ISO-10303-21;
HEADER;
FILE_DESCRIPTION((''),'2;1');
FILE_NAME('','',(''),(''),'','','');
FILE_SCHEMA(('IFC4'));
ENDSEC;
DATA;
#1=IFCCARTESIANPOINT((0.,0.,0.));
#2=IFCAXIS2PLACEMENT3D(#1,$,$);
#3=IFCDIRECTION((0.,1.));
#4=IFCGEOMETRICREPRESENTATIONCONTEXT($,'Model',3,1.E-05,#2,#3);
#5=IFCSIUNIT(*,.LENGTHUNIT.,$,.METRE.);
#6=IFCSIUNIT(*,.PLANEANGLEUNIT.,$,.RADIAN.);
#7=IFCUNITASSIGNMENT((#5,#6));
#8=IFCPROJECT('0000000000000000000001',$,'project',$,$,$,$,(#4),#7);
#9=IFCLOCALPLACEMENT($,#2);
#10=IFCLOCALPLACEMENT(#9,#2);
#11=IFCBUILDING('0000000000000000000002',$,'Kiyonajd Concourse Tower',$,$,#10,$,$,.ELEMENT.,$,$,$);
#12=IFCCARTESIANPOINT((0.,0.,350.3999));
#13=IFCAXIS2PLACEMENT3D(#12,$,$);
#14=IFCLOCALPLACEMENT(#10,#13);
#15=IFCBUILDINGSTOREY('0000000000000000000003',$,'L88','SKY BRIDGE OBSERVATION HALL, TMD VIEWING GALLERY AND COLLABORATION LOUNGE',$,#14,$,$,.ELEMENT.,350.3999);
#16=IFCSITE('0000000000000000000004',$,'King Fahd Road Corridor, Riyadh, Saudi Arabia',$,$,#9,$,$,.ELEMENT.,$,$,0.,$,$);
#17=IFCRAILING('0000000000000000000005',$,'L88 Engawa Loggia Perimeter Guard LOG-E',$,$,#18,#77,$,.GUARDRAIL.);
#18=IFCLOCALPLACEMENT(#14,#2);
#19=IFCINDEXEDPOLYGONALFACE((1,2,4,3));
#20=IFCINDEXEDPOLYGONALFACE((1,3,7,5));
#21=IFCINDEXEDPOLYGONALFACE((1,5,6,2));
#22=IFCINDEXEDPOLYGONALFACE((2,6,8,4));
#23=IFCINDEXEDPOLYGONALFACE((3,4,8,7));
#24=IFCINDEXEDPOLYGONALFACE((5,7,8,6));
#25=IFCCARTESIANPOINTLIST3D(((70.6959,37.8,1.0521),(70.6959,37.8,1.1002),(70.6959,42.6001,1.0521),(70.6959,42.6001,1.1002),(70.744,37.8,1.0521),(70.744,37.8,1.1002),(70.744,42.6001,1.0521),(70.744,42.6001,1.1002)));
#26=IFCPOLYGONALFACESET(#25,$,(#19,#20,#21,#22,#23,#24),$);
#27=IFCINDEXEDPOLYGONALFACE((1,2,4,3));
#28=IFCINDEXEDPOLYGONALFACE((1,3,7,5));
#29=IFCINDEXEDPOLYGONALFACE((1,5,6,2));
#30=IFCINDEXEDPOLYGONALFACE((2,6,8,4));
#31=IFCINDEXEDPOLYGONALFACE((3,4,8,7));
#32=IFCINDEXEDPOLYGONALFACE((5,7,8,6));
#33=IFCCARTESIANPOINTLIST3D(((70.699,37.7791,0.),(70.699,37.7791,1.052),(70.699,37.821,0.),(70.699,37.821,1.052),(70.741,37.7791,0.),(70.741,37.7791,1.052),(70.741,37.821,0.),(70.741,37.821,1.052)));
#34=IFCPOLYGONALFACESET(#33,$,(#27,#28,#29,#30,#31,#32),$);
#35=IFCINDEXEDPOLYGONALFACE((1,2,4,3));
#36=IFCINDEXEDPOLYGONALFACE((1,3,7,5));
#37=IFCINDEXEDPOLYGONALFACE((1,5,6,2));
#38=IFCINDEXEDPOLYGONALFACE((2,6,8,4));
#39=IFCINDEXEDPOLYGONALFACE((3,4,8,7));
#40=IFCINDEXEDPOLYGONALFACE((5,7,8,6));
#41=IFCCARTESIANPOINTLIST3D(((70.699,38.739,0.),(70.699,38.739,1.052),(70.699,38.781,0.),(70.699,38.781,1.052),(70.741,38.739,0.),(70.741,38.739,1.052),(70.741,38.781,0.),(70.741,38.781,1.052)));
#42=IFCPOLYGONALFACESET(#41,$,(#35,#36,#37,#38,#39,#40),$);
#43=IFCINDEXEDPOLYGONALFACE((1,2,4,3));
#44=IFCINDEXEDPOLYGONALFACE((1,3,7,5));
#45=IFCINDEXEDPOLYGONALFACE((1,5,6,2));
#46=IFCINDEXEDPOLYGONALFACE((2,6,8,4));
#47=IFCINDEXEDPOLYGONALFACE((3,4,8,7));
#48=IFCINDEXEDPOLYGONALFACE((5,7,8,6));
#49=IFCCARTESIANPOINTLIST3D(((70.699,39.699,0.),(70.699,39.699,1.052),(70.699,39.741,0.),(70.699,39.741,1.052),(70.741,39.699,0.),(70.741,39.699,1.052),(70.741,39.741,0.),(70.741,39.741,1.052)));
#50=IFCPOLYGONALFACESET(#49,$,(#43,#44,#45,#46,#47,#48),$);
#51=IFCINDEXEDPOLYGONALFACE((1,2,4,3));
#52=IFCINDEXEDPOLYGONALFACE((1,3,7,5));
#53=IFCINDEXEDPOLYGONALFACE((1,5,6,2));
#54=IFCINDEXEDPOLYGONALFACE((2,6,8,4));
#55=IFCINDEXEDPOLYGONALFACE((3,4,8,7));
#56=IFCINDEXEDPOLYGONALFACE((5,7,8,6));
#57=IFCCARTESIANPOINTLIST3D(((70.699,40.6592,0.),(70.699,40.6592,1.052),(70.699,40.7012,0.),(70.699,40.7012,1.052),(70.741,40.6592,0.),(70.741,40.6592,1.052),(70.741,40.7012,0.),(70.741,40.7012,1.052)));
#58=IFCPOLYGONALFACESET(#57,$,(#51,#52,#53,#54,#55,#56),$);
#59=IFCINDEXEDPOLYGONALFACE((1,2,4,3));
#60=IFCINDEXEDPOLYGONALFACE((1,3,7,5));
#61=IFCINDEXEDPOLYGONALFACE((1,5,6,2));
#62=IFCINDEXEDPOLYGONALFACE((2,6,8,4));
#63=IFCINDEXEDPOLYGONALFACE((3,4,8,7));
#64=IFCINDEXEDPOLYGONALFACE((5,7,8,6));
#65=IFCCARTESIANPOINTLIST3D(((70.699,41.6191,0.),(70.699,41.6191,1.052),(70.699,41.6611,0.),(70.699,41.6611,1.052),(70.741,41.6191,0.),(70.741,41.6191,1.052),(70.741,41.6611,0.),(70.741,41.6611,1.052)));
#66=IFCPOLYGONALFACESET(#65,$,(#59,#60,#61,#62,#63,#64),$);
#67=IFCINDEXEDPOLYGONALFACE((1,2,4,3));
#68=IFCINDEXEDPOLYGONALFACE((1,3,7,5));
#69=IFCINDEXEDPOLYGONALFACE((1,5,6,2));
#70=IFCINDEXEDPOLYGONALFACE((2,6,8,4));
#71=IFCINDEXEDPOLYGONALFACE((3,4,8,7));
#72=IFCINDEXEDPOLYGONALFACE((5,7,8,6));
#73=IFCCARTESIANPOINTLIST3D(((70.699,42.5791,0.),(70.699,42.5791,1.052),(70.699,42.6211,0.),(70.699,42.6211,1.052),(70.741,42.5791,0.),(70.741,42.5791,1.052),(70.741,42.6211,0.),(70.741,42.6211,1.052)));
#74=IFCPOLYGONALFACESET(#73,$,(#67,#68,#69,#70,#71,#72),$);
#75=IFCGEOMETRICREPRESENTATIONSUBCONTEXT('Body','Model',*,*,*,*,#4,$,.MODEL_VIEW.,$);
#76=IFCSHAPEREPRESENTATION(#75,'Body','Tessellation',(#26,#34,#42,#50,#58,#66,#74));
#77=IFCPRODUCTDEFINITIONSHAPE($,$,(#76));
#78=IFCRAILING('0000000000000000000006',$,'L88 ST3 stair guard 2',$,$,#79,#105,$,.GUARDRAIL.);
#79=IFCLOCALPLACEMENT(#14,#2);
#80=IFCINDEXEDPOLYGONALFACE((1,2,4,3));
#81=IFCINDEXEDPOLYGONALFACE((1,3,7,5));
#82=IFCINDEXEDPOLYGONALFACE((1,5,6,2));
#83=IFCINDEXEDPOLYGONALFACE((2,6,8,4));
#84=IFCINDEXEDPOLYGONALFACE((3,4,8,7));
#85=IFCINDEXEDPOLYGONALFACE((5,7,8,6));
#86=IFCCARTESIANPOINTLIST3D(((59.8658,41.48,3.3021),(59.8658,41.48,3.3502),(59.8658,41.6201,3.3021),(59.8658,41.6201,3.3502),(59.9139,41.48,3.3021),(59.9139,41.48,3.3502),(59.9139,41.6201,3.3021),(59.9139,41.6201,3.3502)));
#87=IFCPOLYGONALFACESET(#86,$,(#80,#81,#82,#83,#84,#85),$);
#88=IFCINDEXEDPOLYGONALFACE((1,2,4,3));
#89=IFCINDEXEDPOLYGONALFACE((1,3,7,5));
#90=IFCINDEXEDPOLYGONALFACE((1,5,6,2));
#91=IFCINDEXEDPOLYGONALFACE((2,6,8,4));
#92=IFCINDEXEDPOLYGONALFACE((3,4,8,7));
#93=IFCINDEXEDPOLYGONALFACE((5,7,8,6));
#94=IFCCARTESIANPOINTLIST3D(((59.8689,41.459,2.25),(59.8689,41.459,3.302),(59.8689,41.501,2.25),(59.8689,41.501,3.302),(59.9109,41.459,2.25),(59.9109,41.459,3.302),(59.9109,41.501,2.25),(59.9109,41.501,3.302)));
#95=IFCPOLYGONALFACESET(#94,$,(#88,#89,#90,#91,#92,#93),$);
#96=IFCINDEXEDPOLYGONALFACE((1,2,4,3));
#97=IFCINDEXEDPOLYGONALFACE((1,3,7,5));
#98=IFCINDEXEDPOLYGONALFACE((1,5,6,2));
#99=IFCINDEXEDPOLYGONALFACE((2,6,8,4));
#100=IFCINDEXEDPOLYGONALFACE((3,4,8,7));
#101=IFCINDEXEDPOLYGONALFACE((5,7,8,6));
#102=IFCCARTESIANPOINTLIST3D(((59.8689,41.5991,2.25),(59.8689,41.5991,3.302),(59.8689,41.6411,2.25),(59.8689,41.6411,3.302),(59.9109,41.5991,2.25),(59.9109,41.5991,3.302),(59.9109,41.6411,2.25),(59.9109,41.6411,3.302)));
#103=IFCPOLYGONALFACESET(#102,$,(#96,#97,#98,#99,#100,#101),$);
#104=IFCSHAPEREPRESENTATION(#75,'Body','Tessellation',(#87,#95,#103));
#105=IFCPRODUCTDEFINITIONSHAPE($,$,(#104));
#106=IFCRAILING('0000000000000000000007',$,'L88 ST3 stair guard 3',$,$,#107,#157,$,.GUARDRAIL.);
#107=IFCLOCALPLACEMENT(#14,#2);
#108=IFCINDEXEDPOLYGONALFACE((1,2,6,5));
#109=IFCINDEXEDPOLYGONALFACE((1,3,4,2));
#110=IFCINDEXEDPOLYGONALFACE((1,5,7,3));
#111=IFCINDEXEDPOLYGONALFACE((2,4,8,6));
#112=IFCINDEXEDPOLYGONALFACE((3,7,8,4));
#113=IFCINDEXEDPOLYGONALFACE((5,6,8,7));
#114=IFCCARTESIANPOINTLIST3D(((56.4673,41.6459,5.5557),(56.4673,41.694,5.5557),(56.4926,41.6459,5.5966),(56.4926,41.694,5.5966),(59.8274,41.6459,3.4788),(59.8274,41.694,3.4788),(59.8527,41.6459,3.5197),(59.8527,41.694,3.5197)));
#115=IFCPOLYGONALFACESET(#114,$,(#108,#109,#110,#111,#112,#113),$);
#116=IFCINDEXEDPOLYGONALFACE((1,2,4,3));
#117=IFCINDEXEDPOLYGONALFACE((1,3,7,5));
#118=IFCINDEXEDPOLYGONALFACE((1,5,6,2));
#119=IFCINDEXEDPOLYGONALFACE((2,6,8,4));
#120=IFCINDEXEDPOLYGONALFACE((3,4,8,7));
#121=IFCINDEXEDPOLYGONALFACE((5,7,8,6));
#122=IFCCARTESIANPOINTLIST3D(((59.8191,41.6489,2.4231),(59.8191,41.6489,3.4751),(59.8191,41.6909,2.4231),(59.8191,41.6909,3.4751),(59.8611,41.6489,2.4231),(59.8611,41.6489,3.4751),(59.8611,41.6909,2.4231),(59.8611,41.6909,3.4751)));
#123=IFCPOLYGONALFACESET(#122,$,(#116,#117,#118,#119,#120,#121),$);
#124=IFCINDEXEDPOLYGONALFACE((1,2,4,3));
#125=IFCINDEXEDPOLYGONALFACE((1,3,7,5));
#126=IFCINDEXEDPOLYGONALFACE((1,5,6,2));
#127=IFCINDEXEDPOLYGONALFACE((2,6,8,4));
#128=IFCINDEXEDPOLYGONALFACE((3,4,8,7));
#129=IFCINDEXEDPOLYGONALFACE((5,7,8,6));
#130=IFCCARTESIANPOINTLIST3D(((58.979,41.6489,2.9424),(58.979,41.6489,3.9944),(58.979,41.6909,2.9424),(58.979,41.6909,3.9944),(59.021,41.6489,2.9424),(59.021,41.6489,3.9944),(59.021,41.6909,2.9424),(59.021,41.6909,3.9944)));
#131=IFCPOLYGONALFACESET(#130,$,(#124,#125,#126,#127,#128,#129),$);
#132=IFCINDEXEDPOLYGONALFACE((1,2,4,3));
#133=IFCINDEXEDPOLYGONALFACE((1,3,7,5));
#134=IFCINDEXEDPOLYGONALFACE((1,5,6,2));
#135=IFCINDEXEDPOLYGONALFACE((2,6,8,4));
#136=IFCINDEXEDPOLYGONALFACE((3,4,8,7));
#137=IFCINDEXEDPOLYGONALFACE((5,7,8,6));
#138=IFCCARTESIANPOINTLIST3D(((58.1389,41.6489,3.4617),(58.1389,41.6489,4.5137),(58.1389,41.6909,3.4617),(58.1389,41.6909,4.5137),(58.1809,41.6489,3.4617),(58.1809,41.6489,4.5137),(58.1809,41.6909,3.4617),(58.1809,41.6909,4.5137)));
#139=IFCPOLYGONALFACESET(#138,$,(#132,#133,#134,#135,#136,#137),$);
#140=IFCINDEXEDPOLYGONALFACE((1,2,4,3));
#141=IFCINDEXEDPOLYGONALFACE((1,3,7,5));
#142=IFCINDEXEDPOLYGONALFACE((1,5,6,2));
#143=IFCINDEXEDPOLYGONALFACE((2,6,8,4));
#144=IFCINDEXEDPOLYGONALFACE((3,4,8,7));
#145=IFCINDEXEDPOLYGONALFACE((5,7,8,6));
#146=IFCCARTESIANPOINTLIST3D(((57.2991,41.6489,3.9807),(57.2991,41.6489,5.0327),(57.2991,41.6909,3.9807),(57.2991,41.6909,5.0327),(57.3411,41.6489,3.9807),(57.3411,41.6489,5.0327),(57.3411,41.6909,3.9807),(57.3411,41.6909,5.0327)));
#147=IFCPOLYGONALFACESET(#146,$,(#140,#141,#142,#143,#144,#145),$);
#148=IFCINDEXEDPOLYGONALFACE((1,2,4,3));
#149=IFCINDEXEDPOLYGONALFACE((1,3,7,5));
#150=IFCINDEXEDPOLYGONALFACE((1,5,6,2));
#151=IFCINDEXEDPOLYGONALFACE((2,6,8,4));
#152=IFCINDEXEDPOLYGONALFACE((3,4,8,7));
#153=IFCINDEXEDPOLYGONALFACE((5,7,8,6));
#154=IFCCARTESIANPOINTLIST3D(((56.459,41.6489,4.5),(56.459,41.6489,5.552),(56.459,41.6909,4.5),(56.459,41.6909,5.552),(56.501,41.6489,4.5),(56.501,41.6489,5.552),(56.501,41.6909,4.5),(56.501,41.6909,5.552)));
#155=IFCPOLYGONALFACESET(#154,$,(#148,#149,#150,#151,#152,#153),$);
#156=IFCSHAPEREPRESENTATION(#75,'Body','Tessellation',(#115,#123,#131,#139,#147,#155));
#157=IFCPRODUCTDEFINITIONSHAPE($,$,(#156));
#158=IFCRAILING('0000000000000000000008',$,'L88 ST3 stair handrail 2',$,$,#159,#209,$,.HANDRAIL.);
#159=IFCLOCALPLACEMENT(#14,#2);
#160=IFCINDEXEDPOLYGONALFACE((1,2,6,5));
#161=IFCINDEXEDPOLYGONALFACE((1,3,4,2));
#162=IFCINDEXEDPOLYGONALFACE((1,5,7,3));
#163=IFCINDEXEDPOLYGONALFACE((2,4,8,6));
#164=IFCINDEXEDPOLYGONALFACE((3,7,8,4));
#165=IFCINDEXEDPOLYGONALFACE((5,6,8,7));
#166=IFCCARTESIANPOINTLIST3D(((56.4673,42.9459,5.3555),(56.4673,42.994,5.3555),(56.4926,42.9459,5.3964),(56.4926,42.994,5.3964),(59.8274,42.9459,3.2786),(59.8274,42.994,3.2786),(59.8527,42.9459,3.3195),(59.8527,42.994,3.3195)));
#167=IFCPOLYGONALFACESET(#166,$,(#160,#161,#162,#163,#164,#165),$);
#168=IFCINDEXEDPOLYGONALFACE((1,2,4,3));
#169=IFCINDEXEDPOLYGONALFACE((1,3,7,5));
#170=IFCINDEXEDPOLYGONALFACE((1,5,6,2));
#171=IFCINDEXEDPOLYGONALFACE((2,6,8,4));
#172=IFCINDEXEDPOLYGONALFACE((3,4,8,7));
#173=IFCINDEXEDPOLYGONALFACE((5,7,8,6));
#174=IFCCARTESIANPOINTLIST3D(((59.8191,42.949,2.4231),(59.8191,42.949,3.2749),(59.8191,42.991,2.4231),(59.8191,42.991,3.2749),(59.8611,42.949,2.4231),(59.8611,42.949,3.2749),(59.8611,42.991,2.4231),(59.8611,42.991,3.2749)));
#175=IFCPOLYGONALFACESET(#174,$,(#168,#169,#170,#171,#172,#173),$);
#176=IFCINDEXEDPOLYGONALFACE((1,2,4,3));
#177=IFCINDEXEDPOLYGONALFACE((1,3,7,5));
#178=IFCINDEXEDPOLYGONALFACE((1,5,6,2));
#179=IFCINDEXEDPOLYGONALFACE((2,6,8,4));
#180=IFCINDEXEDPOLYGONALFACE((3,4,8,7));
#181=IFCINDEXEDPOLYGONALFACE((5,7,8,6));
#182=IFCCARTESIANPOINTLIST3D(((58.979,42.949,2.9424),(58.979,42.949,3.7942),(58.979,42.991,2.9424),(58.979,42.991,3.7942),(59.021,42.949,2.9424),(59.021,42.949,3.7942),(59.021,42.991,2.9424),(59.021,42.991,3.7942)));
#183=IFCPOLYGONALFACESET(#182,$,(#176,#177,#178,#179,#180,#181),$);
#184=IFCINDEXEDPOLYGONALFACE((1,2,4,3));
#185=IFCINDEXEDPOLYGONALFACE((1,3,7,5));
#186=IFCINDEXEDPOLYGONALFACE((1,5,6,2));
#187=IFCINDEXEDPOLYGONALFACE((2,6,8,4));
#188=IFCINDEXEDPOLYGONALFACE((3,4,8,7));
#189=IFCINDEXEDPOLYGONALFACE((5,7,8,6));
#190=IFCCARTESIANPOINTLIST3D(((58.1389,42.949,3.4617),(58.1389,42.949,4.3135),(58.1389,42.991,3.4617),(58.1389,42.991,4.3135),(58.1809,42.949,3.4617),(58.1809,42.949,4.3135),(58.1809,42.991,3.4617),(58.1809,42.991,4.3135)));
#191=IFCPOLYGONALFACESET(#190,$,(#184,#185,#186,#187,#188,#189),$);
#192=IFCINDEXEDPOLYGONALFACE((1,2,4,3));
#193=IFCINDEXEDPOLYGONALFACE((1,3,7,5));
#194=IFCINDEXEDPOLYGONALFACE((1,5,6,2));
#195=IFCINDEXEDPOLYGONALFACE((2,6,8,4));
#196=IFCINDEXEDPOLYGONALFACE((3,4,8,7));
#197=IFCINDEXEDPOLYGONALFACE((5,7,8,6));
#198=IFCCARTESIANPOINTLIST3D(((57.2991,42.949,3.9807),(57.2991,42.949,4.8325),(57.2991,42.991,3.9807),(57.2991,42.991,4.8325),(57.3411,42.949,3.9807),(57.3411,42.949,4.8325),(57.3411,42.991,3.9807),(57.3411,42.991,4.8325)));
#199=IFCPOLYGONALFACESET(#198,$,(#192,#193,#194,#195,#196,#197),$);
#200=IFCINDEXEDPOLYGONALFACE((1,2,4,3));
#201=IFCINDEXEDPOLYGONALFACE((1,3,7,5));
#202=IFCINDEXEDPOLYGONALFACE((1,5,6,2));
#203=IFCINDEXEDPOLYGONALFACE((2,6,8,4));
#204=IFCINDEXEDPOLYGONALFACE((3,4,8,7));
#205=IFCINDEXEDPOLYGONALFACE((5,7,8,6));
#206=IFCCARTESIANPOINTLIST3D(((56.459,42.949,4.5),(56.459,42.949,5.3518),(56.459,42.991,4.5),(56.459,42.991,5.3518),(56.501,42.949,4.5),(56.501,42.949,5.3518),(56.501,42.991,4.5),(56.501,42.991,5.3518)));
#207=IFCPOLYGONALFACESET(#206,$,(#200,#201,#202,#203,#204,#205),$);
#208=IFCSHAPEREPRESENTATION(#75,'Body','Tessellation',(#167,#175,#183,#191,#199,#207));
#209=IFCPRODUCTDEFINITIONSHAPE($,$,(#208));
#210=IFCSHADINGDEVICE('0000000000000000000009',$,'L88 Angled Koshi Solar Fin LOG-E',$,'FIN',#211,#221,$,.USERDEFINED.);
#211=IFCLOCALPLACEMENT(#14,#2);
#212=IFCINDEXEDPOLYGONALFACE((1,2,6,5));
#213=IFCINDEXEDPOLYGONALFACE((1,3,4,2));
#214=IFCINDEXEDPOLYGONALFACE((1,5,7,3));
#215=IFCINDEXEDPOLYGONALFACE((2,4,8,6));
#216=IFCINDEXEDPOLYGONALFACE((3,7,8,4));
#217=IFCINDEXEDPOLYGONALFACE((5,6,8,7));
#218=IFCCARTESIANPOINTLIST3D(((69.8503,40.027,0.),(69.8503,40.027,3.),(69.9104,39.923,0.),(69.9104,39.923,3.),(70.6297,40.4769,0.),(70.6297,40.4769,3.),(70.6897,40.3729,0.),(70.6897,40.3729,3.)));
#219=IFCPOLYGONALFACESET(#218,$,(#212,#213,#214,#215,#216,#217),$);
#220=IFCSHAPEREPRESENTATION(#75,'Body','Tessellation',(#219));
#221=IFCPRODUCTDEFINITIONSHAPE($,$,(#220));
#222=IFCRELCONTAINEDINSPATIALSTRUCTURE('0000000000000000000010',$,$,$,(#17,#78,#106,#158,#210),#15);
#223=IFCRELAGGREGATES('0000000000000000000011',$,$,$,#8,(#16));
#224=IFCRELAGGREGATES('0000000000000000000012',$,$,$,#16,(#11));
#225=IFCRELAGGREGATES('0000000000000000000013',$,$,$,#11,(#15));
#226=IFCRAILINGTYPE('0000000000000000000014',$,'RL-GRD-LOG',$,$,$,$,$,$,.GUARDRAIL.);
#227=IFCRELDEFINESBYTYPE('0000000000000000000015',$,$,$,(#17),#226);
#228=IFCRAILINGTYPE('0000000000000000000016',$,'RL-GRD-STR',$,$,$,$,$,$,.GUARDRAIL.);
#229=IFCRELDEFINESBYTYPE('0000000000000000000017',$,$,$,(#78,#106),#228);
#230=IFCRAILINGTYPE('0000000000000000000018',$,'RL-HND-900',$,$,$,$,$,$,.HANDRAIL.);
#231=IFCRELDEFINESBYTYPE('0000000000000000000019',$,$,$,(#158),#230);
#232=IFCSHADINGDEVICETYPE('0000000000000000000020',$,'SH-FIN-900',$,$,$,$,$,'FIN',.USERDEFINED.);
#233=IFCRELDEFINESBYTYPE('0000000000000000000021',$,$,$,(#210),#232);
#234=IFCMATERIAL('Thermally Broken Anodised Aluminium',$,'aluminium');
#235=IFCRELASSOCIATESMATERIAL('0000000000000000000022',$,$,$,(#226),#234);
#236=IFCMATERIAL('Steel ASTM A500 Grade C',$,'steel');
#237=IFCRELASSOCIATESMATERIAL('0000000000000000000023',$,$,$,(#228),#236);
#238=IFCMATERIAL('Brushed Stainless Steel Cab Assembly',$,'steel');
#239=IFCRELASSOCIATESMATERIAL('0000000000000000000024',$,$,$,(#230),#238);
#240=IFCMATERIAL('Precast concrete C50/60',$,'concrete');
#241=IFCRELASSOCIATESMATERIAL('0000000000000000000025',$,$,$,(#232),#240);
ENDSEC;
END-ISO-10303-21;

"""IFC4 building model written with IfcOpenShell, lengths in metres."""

from ifc_helpers import new_model, si_unit, direction, frame, origin, origin_2d, place, context, subcontext, project, spatial, rectangle, extrude, material, type_object, element, save


model = new_model("IFC4")

# Units and contexts
model_context = context("Model", 3, precision=1e-05, world=origin(), true_north=direction((0.0, 1.0)))
body_context = subcontext(model_context, "Body", "Model", "MODEL_VIEW")
ifc_project = project(units=[si_unit("LENGTHUNIT", "METRE"), si_unit("PLANEANGLEUNIT", "RADIAN")], contexts=[model_context])

# Site, building, storey
site_placement = place(None, origin())
site = spatial("IfcSite", under=ifc_project, at=site_placement, Name="King Fahd Road Corridor, Riyadh, Saudi Arabia", CompositionType="ELEMENT", RefElevation=0.0)
building_placement = place(site_placement, origin())
building = spatial("IfcBuilding", under=site, at=building_placement, Name="Kiyonajd Concourse Tower", CompositionType="ELEMENT")
storey_placement = place(building_placement, frame((0.0, 0.0, 350.3999)))
storey = spatial("IfcBuildingStorey", under=building, at=storey_placement, Name="L88", Description="SKY BRIDGE OBSERVATION HALL, TMD VIEWING GALLERY AND COLLABORATION LOUNGE", CompositionType="ELEMENT", Elevation=350.3999)

# Shared definitions
ifc_material_1 = material(Name="Thermally Broken Anodised Aluminium", Category="aluminium")

# Shared definitions
ifc_material_2 = material(Name="Precast concrete C50/60", Category="concrete")

# Railings
railing_type_1 = type_object("IfcRailingType", Name="RL-GRD-LOG", PredefinedType="GUARDRAIL", material=ifc_material_1)
railing_1_placement = place(storey_placement, frame((70.72, 37.8, 0.0)))
element("IfcRailing", 1, at=railing_1_placement, inside=storey, type_object=railing_type_1, Name="L88 Engawa Loggia Perimeter Guard LOG-E", PredefinedType="GUARDRAIL", context=body_context, shape_type="SweptSolid", body=[
    extrude(rectangle(XDim=0.0481, YDim=0.0481, at=origin_2d()), frame((0.0, 0.0, 1.0762), z_axis=(0.0, 1.0, 0.0), x_axis=(-1.0, 0.0, 0.0)), (0.0, 0.0, 1.0), 4.8),
    extrude(rectangle(XDim=0.042, YDim=0.042, at=origin_2d()), origin(), (0.0, 0.0, 1.0), 1.052),
    extrude(rectangle(XDim=0.042, YDim=0.042, at=origin_2d()), frame((0.0, 0.96, 0.0)), (0.0, 0.0, 1.0), 1.052),
    extrude(rectangle(XDim=0.042, YDim=0.042, at=origin_2d()), frame((0.0, 1.9199, 0.0)), (0.0, 0.0, 1.0), 1.052),
    extrude(rectangle(XDim=0.042, YDim=0.042, at=origin_2d()), frame((0.0, 2.8801, 0.0)), (0.0, 0.0, 1.0), 1.052),
    extrude(rectangle(XDim=0.042, YDim=0.042, at=origin_2d()), frame((0.0, 3.8401, 0.0)), (0.0, 0.0, 1.0), 1.052),
    extrude(rectangle(XDim=0.042, YDim=0.042, at=origin_2d()), frame((0.0, 4.8, 0.0)), (0.0, 0.0, 1.0), 1.052),
])
ifc_material_3 = material(Name="Steel ASTM A500 Grade C", Category="steel")
railing_type_2 = type_object("IfcRailingType", Name="RL-GRD-STR", PredefinedType="GUARDRAIL", material=ifc_material_3)
railing_2_placement = place(storey_placement, frame((59.8899, 41.48, 2.25)))
element("IfcRailing", 2, at=railing_2_placement, inside=storey, type_object=railing_type_2, Name="L88 ST3 stair guard 2", PredefinedType="GUARDRAIL", context=body_context, shape_type="SweptSolid", body=[
    extrude(rectangle(XDim=0.0481, YDim=0.0481, at=origin_2d()), frame((0.0, 0.0, 1.0762), z_axis=(0.0, 1.0, 0.0), x_axis=(-1.0, 0.0, 0.0)), (0.0, 0.0, 1.0), 0.1401),
    extrude(rectangle(XDim=0.042, YDim=0.042, at=origin_2d()), origin(), (0.0, 0.0, 1.0), 1.052),
    extrude(rectangle(XDim=0.042, YDim=0.042, at=origin_2d()), frame((0.0, 0.1401, 0.0)), (0.0, 0.0, 1.0), 1.052),
])
railing_3_placement = place(storey_placement, frame((59.8401, 41.6699, 2.4231)))
element("IfcRailing", 3, at=railing_3_placement, inside=storey, type_object=railing_type_2, Name="L88 ST3 stair guard 3", PredefinedType="GUARDRAIL", context=body_context, shape_type="SweptSolid", body=[
    extrude(rectangle(XDim=0.0481, YDim=0.0481, at=origin_2d()), frame((0.0, 0.0, 1.0762), z_axis=(-0.850623, 0.0, 0.525776), x_axis=(0.0, -1.0, 0.0)), (0.0, 0.0, 1.0), 3.9502),
    extrude(rectangle(XDim=0.042, YDim=0.042, at=origin_2d()), origin(), (0.0, 0.0, 1.0), 1.052),
    extrude(rectangle(XDim=0.042, YDim=0.042, at=origin_2d()), frame((-0.8401, 0.0, 0.5193)), (0.0, 0.0, 1.0), 1.052),
    extrude(rectangle(XDim=0.042, YDim=0.042, at=origin_2d()), frame((-1.6802, 0.0, 1.0386)), (0.0, 0.0, 1.0), 1.052),
    extrude(rectangle(XDim=0.042, YDim=0.042, at=origin_2d()), frame((-2.52, 0.0, 1.5576)), (0.0, 0.0, 1.0), 1.052),
    extrude(rectangle(XDim=0.042, YDim=0.042, at=origin_2d()), frame((-3.3601, 0.0, 2.0769)), (0.0, 0.0, 1.0), 1.052),
])
ifc_material_4 = material(Name="Brushed Stainless Steel Cab Assembly", Category="steel")
railing_type_3 = type_object("IfcRailingType", Name="RL-HND-900", PredefinedType="HANDRAIL", material=ifc_material_4)
railing_4_placement = place(storey_placement, frame((59.8401, 42.97, 2.4231)))
element("IfcRailing", 4, at=railing_4_placement, inside=storey, type_object=railing_type_3, Name="L88 ST3 stair handrail 2", PredefinedType="HANDRAIL", context=body_context, shape_type="SweptSolid", body=[
    extrude(rectangle(XDim=0.0481, YDim=0.0481, at=origin_2d()), frame((0.0, 0.0, 0.876), z_axis=(-0.850623, 0.0, 0.525776), x_axis=(0.0, -1.0, 0.0)), (0.0, 0.0, 1.0), 3.9502),
    extrude(rectangle(XDim=0.042, YDim=0.042, at=origin_2d()), origin(), (0.0, 0.0, 1.0), 0.8518),
    extrude(rectangle(XDim=0.042, YDim=0.042, at=origin_2d()), frame((-0.8401, 0.0, 0.5193)), (0.0, 0.0, 1.0), 0.8518),
    extrude(rectangle(XDim=0.042, YDim=0.042, at=origin_2d()), frame((-1.6802, 0.0, 1.0386)), (0.0, 0.0, 1.0), 0.8518),
    extrude(rectangle(XDim=0.042, YDim=0.042, at=origin_2d()), frame((-2.52, 0.0, 1.5576)), (0.0, 0.0, 1.0), 0.8518),
    extrude(rectangle(XDim=0.042, YDim=0.042, at=origin_2d()), frame((-3.3601, 0.0, 2.0769)), (0.0, 0.0, 1.0), 0.8518),
])

# Shading device
shading_device_type_1 = type_object("IfcShadingDeviceType", Name="SH-FIN-900", ElementType="FIN", PredefinedType="USERDEFINED", material=ifc_material_2)
shading_device_1_placement = place(storey_placement, frame((70.27, 40.2, 0.0), z_axis=(0.0, 0.0, 1.0), x_axis=(0.866025, 0.5, 0.0)))
element("IfcShadingDevice", 5, at=shading_device_1_placement, inside=storey, type_object=shading_device_type_1, Name="L88 Angled Koshi Solar Fin LOG-E", ObjectType="FIN", PredefinedType="USERDEFINED", context=body_context, shape_type="SweptSolid", body=[
    extrude(rectangle(XDim=0.8999, YDim=0.1201, at=origin_2d()), origin(), (0.0, 0.0, 1.0), 3.0),
])

save(model, "model.ifc")
